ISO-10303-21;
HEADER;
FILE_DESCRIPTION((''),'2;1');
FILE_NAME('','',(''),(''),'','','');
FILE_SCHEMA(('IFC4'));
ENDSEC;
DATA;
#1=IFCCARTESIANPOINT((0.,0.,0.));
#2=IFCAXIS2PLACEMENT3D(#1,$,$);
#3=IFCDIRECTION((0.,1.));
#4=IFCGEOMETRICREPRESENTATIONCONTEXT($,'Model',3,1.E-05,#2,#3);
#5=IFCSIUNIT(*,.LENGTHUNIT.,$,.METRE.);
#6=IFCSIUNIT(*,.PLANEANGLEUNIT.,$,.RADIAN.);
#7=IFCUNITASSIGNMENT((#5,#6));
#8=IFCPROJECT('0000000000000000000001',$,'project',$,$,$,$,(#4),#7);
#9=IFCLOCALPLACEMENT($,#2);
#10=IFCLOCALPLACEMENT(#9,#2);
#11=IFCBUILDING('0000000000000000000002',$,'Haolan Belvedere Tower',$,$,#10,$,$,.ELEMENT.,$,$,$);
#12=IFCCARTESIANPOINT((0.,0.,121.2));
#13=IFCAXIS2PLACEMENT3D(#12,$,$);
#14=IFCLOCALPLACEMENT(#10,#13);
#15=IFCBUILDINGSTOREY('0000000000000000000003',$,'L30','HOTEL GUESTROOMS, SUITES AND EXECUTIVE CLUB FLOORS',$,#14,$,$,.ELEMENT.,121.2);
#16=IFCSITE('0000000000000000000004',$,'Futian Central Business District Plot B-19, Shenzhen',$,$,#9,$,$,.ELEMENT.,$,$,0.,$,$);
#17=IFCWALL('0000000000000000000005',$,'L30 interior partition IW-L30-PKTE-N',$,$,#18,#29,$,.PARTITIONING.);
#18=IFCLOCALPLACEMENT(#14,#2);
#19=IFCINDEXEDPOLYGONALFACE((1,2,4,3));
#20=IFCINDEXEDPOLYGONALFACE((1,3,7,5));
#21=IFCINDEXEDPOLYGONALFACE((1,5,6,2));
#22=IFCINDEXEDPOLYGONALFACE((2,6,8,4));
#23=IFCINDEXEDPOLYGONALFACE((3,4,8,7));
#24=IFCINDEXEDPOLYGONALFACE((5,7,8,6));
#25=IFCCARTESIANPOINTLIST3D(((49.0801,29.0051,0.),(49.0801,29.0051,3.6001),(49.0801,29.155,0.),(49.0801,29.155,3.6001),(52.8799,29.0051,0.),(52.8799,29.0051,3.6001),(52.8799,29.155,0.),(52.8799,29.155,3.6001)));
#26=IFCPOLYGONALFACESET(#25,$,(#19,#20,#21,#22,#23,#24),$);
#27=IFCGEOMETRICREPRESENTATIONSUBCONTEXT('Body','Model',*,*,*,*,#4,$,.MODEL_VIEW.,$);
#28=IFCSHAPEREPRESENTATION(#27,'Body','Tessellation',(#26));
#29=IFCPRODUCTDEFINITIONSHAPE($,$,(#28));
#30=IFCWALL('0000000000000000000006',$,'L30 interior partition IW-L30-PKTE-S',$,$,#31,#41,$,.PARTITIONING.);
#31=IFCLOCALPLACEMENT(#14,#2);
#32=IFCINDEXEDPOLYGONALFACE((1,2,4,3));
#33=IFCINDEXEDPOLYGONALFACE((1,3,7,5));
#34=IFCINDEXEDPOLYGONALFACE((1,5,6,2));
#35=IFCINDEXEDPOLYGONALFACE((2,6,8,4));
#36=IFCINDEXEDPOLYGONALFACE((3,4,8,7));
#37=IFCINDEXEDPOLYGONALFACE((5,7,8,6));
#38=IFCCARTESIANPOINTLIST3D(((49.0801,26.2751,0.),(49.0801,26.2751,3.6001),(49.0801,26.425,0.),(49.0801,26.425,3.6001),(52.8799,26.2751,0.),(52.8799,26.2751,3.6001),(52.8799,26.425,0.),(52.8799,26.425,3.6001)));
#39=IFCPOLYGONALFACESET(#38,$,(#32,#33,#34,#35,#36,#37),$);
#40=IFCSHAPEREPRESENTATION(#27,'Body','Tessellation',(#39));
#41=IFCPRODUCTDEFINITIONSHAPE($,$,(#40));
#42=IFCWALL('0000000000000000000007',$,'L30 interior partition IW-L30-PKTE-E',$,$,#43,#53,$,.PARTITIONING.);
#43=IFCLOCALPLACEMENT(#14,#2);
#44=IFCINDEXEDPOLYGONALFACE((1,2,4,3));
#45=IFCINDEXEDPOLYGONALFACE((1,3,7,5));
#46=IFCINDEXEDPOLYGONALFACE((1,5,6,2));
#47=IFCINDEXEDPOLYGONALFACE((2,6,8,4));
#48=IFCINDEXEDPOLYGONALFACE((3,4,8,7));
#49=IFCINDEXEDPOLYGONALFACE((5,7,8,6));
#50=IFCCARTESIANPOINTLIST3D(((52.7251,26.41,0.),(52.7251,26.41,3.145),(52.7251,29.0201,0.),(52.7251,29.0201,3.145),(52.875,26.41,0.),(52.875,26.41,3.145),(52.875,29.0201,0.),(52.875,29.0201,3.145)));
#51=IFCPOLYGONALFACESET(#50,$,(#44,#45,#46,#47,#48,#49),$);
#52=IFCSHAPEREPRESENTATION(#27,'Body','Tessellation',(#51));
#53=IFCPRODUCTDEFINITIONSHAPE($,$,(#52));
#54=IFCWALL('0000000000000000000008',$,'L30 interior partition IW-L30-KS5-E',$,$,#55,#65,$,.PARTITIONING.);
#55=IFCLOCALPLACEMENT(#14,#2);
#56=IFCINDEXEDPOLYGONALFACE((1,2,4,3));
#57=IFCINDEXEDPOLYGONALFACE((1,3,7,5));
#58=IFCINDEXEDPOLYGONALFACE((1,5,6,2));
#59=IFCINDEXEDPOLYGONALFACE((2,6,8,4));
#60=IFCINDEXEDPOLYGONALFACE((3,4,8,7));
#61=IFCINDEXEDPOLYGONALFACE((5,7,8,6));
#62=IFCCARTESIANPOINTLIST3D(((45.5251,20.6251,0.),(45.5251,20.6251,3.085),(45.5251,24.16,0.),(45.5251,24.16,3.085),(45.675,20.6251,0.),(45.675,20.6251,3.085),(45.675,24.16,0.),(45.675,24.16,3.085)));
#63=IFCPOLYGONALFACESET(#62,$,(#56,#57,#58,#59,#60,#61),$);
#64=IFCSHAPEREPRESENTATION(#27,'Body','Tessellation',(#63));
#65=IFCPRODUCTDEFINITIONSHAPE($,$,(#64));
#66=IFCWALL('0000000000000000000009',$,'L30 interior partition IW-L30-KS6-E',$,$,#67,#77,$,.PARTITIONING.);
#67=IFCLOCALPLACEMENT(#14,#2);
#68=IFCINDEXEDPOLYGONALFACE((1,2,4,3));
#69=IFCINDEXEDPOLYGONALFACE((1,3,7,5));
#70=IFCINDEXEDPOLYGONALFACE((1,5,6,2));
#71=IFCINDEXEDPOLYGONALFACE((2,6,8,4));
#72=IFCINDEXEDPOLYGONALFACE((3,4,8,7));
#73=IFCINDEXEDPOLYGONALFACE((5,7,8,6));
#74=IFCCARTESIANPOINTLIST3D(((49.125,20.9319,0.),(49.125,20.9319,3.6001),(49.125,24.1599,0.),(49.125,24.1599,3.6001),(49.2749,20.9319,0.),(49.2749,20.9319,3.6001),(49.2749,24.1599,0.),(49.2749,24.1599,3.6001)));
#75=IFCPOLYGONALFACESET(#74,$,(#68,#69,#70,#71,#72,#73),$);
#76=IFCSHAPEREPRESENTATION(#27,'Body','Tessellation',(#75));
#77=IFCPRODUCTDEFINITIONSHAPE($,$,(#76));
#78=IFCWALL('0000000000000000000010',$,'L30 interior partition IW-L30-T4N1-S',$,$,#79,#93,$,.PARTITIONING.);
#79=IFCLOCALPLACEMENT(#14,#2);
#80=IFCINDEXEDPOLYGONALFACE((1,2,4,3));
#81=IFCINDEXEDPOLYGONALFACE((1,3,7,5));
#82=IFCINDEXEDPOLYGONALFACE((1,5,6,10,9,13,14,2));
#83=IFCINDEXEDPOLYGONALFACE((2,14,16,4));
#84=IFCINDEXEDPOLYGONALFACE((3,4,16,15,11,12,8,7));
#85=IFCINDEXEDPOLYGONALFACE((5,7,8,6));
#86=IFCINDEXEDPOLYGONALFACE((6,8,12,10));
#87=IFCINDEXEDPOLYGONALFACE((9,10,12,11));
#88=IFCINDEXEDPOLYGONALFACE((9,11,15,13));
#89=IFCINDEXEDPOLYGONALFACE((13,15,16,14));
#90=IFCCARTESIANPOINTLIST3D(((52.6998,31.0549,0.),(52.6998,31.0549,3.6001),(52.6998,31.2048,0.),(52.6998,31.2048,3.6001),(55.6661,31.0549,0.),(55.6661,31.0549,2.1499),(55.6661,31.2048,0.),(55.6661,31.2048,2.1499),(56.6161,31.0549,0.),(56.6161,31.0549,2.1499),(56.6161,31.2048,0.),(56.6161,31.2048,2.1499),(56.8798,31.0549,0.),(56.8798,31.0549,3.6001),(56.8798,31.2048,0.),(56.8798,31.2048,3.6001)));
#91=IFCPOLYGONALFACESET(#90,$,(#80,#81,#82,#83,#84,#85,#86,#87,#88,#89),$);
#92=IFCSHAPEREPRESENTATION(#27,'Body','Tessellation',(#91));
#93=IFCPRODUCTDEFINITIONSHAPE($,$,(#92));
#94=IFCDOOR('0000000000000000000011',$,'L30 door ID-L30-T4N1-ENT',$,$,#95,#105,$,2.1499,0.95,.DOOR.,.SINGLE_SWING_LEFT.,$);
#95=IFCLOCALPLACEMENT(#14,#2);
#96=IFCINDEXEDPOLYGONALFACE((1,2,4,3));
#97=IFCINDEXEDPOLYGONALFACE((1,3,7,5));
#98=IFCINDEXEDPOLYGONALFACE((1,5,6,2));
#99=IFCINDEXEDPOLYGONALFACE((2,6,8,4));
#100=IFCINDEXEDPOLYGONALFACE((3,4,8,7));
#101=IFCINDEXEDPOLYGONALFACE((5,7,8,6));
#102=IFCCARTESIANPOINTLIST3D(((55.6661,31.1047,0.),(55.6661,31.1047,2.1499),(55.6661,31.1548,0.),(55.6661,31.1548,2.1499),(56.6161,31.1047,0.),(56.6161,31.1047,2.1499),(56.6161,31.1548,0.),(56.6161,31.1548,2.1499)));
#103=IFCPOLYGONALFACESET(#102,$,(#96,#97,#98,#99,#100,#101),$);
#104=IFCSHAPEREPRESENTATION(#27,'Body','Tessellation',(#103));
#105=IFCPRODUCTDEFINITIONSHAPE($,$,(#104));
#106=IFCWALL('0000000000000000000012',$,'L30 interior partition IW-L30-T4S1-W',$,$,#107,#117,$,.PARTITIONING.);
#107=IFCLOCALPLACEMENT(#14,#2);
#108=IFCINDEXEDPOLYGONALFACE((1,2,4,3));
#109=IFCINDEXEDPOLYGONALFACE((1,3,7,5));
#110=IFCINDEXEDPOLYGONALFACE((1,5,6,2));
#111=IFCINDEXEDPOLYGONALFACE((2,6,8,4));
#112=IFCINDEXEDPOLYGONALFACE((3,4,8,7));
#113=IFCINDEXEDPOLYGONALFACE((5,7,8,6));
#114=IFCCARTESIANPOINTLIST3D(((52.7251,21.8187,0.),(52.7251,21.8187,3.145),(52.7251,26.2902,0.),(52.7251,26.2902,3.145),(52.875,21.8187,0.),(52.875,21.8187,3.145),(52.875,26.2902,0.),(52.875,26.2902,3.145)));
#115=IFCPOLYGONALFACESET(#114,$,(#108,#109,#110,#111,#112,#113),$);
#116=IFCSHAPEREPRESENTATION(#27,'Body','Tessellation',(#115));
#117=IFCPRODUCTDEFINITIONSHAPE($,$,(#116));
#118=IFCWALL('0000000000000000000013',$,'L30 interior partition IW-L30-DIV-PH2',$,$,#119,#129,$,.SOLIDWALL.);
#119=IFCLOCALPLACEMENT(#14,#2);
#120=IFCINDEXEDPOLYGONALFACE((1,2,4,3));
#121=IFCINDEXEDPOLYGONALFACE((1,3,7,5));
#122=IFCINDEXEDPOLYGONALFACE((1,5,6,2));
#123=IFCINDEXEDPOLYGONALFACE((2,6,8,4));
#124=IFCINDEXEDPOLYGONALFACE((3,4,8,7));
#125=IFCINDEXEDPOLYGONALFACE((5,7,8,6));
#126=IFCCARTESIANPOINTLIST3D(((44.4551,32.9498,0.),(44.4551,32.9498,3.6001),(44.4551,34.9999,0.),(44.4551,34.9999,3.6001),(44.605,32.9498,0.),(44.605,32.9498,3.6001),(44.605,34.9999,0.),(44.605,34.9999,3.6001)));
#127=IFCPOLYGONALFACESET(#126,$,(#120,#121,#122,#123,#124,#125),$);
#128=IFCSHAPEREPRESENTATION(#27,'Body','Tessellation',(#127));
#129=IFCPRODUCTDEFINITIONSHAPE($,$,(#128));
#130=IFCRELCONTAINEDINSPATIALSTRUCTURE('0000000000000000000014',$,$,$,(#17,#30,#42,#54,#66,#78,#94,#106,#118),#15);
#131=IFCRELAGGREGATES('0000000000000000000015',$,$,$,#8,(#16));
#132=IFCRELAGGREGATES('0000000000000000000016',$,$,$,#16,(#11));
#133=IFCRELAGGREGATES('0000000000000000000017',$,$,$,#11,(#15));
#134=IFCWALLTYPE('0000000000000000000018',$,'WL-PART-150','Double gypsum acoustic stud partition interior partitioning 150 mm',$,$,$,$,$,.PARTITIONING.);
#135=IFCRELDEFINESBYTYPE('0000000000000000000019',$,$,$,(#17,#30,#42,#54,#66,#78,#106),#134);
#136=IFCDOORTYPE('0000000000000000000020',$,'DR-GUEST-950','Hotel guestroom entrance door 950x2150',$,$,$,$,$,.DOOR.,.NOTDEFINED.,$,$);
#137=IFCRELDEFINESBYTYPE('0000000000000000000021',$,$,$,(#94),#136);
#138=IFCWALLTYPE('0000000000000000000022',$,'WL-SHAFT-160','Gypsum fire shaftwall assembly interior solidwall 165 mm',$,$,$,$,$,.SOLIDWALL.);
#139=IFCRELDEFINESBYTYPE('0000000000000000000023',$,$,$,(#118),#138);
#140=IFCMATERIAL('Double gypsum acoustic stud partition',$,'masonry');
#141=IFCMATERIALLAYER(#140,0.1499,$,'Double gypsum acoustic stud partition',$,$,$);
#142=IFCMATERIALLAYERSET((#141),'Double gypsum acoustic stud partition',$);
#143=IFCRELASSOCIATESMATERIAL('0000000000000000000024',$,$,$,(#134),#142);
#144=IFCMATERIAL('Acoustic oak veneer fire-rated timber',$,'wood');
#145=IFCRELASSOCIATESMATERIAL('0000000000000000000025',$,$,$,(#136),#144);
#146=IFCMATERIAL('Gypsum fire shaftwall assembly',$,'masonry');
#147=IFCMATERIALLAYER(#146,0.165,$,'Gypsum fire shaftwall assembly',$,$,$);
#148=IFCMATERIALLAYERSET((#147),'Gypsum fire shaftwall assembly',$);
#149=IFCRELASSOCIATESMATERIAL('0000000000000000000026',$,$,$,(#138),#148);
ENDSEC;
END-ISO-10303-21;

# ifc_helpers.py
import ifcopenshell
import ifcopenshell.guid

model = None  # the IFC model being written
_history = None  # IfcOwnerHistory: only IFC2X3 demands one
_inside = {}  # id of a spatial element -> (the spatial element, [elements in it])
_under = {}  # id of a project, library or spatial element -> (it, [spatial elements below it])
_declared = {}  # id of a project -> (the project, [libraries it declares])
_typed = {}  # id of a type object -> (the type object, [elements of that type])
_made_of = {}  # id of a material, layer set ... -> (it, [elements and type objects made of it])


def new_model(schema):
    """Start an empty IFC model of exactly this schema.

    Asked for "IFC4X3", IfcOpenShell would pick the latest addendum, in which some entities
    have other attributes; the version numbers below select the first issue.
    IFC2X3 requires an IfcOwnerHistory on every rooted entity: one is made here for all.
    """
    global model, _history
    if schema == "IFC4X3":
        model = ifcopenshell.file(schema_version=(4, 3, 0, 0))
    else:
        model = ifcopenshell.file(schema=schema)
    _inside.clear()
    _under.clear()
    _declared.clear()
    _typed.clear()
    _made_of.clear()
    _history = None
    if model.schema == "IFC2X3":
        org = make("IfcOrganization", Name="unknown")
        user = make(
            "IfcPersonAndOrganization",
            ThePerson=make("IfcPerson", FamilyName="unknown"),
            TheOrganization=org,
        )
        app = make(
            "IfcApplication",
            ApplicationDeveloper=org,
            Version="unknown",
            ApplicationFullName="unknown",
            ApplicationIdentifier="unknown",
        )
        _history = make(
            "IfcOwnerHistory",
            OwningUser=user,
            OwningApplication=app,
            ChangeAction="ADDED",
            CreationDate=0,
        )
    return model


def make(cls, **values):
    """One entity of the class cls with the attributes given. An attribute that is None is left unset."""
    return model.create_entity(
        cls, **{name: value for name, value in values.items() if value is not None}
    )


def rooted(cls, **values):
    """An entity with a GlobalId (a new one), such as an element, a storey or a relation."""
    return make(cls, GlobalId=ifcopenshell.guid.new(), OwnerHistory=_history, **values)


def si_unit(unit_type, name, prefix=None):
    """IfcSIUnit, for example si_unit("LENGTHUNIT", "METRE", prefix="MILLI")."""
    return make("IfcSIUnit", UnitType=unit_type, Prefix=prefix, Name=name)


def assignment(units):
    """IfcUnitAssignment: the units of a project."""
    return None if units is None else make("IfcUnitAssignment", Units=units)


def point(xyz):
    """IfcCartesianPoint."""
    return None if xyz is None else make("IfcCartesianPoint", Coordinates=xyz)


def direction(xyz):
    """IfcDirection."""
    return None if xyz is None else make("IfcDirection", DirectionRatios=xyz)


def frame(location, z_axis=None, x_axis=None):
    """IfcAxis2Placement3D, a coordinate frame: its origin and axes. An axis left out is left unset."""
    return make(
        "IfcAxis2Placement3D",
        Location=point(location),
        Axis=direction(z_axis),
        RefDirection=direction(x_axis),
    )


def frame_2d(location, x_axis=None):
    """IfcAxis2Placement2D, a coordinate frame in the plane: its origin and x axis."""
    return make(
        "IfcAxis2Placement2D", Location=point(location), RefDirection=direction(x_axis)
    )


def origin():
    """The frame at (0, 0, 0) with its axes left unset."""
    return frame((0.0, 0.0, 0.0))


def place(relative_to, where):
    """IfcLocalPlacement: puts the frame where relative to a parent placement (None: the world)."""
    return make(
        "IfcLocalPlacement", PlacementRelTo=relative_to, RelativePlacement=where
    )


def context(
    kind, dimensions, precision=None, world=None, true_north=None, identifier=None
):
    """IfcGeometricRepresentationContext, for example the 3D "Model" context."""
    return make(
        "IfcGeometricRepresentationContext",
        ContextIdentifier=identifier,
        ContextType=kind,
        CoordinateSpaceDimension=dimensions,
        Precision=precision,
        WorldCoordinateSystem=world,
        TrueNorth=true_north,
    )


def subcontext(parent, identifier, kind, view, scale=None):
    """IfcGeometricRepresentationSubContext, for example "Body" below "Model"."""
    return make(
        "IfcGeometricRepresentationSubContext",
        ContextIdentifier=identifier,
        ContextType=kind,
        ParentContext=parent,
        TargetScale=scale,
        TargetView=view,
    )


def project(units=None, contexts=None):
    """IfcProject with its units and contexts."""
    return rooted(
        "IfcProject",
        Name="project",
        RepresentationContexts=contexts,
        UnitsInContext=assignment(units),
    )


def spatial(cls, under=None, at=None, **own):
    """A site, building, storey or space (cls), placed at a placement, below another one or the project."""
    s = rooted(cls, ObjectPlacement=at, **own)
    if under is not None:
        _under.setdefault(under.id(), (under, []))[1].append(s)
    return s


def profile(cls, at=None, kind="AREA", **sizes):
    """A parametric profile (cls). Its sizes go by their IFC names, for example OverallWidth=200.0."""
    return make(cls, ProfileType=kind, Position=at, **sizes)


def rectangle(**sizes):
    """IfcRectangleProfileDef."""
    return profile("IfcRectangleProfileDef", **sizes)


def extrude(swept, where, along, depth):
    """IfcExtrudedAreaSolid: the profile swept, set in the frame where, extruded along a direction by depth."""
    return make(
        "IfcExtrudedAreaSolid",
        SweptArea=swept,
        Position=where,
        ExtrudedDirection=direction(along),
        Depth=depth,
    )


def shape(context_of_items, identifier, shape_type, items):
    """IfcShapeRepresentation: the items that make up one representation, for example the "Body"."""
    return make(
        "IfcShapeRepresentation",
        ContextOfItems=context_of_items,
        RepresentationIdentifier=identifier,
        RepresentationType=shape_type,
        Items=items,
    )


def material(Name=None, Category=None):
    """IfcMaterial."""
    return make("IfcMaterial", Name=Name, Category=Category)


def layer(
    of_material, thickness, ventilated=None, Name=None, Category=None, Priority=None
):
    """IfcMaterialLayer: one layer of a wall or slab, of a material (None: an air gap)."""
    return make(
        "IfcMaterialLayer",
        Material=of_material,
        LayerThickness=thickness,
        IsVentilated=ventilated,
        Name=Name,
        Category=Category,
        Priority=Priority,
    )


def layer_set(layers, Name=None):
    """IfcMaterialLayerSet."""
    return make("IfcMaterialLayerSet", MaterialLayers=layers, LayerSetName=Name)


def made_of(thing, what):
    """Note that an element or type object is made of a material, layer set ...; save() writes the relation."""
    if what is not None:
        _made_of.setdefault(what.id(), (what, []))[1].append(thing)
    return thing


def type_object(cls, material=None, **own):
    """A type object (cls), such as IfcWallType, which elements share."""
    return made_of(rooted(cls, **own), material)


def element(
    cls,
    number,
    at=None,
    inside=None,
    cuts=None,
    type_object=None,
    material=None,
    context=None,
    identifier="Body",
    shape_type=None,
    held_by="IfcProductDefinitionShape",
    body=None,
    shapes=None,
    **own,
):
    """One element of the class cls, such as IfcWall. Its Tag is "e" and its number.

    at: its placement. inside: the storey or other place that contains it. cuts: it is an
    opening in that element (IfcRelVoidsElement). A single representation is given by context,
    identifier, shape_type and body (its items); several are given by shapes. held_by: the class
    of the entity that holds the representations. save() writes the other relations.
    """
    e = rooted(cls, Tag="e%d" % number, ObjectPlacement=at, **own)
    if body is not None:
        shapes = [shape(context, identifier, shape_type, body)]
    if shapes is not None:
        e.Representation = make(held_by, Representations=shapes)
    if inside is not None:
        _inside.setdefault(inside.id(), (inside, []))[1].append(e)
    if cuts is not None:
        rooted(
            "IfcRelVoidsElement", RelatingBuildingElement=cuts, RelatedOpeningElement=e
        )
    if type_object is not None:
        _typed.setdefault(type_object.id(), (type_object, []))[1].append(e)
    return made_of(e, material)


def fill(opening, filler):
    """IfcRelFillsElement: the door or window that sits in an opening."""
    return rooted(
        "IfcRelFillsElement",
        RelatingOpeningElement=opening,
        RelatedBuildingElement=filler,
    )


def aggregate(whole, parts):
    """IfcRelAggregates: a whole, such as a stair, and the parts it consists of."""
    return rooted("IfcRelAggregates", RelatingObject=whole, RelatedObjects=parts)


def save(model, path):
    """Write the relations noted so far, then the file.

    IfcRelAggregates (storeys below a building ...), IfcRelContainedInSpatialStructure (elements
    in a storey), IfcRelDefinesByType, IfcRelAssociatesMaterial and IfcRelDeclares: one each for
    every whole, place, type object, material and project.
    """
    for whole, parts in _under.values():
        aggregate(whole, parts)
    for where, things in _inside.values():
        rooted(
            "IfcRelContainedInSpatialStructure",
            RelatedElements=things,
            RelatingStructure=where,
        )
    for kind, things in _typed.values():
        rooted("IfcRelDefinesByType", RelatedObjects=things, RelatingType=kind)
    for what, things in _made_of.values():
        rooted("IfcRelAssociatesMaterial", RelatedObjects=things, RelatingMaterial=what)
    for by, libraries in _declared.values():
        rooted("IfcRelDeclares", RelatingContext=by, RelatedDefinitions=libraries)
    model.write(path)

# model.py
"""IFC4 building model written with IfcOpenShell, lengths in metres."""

from ifc_helpers import new_model, si_unit, direction, frame, frame_2d, origin, place, context, subcontext, project, spatial, rectangle, extrude, material, layer, layer_set, type_object, element, fill, save


model = new_model("IFC4")

# Units and contexts
model_context = context("Model", 3, precision=1e-05, world=origin(), true_north=direction((0.0, 1.0)))
body_context = subcontext(model_context, "Body", "Model", "MODEL_VIEW")
ifc_project = project(units=[si_unit("LENGTHUNIT", "METRE"), si_unit("PLANEANGLEUNIT", "RADIAN")], contexts=[model_context])

# Site, building, storey
site_placement = place(None, origin())
site = spatial("IfcSite", under=ifc_project, at=site_placement, Name="Futian Central Business District Plot B-19, Shenzhen", CompositionType="ELEMENT", RefElevation=0.0)
building_placement = place(site_placement, origin())
building = spatial("IfcBuilding", under=site, at=building_placement, Name="Haolan Belvedere Tower", CompositionType="ELEMENT")
storey_placement = place(building_placement, frame((0.0, 0.0, 121.2)))
storey = spatial("IfcBuildingStorey", under=building, at=storey_placement, Name="L30", Description="HOTEL GUESTROOMS, SUITES AND EXECUTIVE CLUB FLOORS", CompositionType="ELEMENT", Elevation=121.2)

# Walls
ifc_material_1 = material(Name="Double gypsum acoustic stud partition", Category="masonry")
ifc_layer_1 = layer(ifc_material_1, 0.1499, Name="Double gypsum acoustic stud partition")
ifc_layer_set_1 = layer_set([ifc_layer_1], Name="Double gypsum acoustic stud partition")
wall_type_1 = type_object("IfcWallType", Name="WL-PART-150", Description="Double gypsum acoustic stud partition interior partitioning 150 mm", PredefinedType="PARTITIONING", material=ifc_layer_set_1)
for number, where, z_axis, x_axis, name in (
    (1, (49.0801, 29.0801, 0.0), (0.0, 0.0, 1.0), (1.0, 0.0, 0.0), "L30 interior partition IW-L30-PKTE-N"),
    (2, (49.0801, 26.3501, 0.0), (0.0, 0.0, 1.0), (1.0, 0.0, 0.0), "L30 interior partition IW-L30-PKTE-S"),
):
    element("IfcWall", number, at=place(storey_placement, frame(where, z_axis=z_axis, x_axis=x_axis)), inside=storey, type_object=wall_type_1, Name=name, PredefinedType="PARTITIONING", context=body_context, shape_type="SweptSolid", body=[
        extrude(rectangle(XDim=3.7998, YDim=0.1499, at=frame_2d((1.8999, 0.0))), origin(), (0.0, 0.0, 1.0), 3.6001),
    ])

# Walls
wall_1_placement = place(storey_placement, frame((52.8, 26.4099, 0.0), z_axis=(0.0, 0.0, 1.0), x_axis=(0.0, 1.0, 0.0)))
element("IfcWall", 3, at=wall_1_placement, inside=storey, type_object=wall_type_1, Name="L30 interior partition IW-L30-PKTE-E", PredefinedType="PARTITIONING", context=body_context, shape_type="SweptSolid", body=[
    extrude(rectangle(XDim=2.6101, YDim=0.1499, at=frame_2d((1.3052, 0.0))), origin(), (0.0, 0.0, 1.0), 3.145),
])
wall_2_placement = place(storey_placement, frame((45.6001, 20.625, 0.0), z_axis=(0.0, 0.0, 1.0), x_axis=(0.0, 1.0, 0.0)))
element("IfcWall", 4, at=wall_2_placement, inside=storey, type_object=wall_type_1, Name="L30 interior partition IW-L30-KS5-E", PredefinedType="PARTITIONING", context=body_context, shape_type="SweptSolid", body=[
    extrude(rectangle(XDim=3.5349, YDim=0.1499, at=frame_2d((1.7676, 0.0))), origin(), (0.0, 0.0, 1.0), 3.085),
])

# Wall
wall_3_placement = place(storey_placement, frame((49.2, 20.9319, 0.0), z_axis=(0.0, 0.0, 1.0), x_axis=(0.0, 1.0, 0.0)))
element("IfcWall", 5, at=wall_3_placement, inside=storey, type_object=wall_type_1, Name="L30 interior partition IW-L30-KS6-E", PredefinedType="PARTITIONING", context=body_context, shape_type="SweptSolid", body=[
    extrude(rectangle(XDim=3.228, YDim=0.1499, at=frame_2d((1.614, 0.0))), origin(), (0.0, 0.0, 1.0), 3.6001),
])

# Wall, opening, door
wall_4_placement = place(storey_placement, frame((52.7, 31.1299, 0.0), z_axis=(0.0, 0.0, 1.0), x_axis=(1.0, 0.0, 0.0)))
wall_4 = element("IfcWall", 6, at=wall_4_placement, inside=storey, type_object=wall_type_1, Name="L30 interior partition IW-L30-T4N1-S", PredefinedType="PARTITIONING", context=body_context, shape_type="SweptSolid", body=[
    extrude(rectangle(XDim=4.1799, YDim=0.1499, at=frame_2d((2.0898, 0.0))), origin(), (0.0, 0.0, 1.0), 3.6001),
])
opening_1_placement = place(wall_4_placement, frame((2.9661, 0.0, 0.0)))
opening_1 = element("IfcOpeningElement", 7, at=opening_1_placement, cuts=wall_4, PredefinedType="OPENING", context=body_context, shape_type="SweptSolid", body=[
    extrude(rectangle(XDim=0.95, YDim=2.1499, at=frame_2d((0.4751, 1.075))), frame((0.0, 0.085, 0.0), z_axis=(0.0, -1.0, 0.0), x_axis=(1.0, 0.0, 0.0)), (0.0, 0.0, 1.0), 0.1699),
])
ifc_material_2 = material(Name="Acoustic oak veneer fire-rated timber", Category="wood")
door_type_1 = type_object("IfcDoorType", Name="DR-GUEST-950", Description="Hotel guestroom entrance door 950x2150", OperationType="NOTDEFINED", PredefinedType="DOOR", material=ifc_material_2)
door_1_placement = place(opening_1_placement, origin())
door_1 = element("IfcDoor", 8, at=door_1_placement, inside=storey, type_object=door_type_1, Name="L30 door ID-L30-T4N1-ENT", OperationType="SINGLE_SWING_LEFT", OverallHeight=2.1499, OverallWidth=0.95, PredefinedType="DOOR", context=body_context, shape_type="SweptSolid", body=[
    extrude(rectangle(XDim=0.95, YDim=2.1499, at=frame_2d((0.4751, 1.075))), frame((0.0, 0.0249, 0.0), z_axis=(0.0, -1.0, 0.0), x_axis=(1.0, 0.0, 0.0)), (0.0, 0.0, 1.0), 0.05),
])
fill(opening_1, door_1)

# Walls
wall_5_placement = place(storey_placement, frame((52.8, 21.8186, 0.0), z_axis=(0.0, 0.0, 1.0), x_axis=(0.0, 1.0, 0.0)))
element("IfcWall", 9, at=wall_5_placement, inside=storey, type_object=wall_type_1, Name="L30 interior partition IW-L30-T4S1-W", PredefinedType="PARTITIONING", context=body_context, shape_type="SweptSolid", body=[
    extrude(rectangle(XDim=4.4714, YDim=0.1499, at=frame_2d((2.2358, 0.0))), origin(), (0.0, 0.0, 1.0), 3.145),
])
ifc_material_3 = material(Name="Gypsum fire shaftwall assembly", Category="masonry")
ifc_layer_2 = layer(ifc_material_3, 0.165, Name="Gypsum fire shaftwall assembly")
ifc_layer_set_2 = layer_set([ifc_layer_2], Name="Gypsum fire shaftwall assembly")
wall_type_2 = type_object("IfcWallType", Name="WL-SHAFT-160", Description="Gypsum fire shaftwall assembly interior solidwall 165 mm", PredefinedType="SOLIDWALL", material=ifc_layer_set_2)
wall_6_placement = place(storey_placement, frame((44.53, 32.95, 0.0), z_axis=(0.0, 0.0, 1.0), x_axis=(0.0, 1.0, 0.0)))
element("IfcWall", 10, at=wall_6_placement, inside=storey, type_object=wall_type_2, Name="L30 interior partition IW-L30-DIV-PH2", PredefinedType="SOLIDWALL", context=body_context, shape_type="SweptSolid", body=[
    extrude(rectangle(XDim=2.05, YDim=0.1499, at=frame_2d((1.0249, 0.0))), origin(), (0.0, 0.0, 1.0), 3.6001),
])

save(model, "model.ifc")
